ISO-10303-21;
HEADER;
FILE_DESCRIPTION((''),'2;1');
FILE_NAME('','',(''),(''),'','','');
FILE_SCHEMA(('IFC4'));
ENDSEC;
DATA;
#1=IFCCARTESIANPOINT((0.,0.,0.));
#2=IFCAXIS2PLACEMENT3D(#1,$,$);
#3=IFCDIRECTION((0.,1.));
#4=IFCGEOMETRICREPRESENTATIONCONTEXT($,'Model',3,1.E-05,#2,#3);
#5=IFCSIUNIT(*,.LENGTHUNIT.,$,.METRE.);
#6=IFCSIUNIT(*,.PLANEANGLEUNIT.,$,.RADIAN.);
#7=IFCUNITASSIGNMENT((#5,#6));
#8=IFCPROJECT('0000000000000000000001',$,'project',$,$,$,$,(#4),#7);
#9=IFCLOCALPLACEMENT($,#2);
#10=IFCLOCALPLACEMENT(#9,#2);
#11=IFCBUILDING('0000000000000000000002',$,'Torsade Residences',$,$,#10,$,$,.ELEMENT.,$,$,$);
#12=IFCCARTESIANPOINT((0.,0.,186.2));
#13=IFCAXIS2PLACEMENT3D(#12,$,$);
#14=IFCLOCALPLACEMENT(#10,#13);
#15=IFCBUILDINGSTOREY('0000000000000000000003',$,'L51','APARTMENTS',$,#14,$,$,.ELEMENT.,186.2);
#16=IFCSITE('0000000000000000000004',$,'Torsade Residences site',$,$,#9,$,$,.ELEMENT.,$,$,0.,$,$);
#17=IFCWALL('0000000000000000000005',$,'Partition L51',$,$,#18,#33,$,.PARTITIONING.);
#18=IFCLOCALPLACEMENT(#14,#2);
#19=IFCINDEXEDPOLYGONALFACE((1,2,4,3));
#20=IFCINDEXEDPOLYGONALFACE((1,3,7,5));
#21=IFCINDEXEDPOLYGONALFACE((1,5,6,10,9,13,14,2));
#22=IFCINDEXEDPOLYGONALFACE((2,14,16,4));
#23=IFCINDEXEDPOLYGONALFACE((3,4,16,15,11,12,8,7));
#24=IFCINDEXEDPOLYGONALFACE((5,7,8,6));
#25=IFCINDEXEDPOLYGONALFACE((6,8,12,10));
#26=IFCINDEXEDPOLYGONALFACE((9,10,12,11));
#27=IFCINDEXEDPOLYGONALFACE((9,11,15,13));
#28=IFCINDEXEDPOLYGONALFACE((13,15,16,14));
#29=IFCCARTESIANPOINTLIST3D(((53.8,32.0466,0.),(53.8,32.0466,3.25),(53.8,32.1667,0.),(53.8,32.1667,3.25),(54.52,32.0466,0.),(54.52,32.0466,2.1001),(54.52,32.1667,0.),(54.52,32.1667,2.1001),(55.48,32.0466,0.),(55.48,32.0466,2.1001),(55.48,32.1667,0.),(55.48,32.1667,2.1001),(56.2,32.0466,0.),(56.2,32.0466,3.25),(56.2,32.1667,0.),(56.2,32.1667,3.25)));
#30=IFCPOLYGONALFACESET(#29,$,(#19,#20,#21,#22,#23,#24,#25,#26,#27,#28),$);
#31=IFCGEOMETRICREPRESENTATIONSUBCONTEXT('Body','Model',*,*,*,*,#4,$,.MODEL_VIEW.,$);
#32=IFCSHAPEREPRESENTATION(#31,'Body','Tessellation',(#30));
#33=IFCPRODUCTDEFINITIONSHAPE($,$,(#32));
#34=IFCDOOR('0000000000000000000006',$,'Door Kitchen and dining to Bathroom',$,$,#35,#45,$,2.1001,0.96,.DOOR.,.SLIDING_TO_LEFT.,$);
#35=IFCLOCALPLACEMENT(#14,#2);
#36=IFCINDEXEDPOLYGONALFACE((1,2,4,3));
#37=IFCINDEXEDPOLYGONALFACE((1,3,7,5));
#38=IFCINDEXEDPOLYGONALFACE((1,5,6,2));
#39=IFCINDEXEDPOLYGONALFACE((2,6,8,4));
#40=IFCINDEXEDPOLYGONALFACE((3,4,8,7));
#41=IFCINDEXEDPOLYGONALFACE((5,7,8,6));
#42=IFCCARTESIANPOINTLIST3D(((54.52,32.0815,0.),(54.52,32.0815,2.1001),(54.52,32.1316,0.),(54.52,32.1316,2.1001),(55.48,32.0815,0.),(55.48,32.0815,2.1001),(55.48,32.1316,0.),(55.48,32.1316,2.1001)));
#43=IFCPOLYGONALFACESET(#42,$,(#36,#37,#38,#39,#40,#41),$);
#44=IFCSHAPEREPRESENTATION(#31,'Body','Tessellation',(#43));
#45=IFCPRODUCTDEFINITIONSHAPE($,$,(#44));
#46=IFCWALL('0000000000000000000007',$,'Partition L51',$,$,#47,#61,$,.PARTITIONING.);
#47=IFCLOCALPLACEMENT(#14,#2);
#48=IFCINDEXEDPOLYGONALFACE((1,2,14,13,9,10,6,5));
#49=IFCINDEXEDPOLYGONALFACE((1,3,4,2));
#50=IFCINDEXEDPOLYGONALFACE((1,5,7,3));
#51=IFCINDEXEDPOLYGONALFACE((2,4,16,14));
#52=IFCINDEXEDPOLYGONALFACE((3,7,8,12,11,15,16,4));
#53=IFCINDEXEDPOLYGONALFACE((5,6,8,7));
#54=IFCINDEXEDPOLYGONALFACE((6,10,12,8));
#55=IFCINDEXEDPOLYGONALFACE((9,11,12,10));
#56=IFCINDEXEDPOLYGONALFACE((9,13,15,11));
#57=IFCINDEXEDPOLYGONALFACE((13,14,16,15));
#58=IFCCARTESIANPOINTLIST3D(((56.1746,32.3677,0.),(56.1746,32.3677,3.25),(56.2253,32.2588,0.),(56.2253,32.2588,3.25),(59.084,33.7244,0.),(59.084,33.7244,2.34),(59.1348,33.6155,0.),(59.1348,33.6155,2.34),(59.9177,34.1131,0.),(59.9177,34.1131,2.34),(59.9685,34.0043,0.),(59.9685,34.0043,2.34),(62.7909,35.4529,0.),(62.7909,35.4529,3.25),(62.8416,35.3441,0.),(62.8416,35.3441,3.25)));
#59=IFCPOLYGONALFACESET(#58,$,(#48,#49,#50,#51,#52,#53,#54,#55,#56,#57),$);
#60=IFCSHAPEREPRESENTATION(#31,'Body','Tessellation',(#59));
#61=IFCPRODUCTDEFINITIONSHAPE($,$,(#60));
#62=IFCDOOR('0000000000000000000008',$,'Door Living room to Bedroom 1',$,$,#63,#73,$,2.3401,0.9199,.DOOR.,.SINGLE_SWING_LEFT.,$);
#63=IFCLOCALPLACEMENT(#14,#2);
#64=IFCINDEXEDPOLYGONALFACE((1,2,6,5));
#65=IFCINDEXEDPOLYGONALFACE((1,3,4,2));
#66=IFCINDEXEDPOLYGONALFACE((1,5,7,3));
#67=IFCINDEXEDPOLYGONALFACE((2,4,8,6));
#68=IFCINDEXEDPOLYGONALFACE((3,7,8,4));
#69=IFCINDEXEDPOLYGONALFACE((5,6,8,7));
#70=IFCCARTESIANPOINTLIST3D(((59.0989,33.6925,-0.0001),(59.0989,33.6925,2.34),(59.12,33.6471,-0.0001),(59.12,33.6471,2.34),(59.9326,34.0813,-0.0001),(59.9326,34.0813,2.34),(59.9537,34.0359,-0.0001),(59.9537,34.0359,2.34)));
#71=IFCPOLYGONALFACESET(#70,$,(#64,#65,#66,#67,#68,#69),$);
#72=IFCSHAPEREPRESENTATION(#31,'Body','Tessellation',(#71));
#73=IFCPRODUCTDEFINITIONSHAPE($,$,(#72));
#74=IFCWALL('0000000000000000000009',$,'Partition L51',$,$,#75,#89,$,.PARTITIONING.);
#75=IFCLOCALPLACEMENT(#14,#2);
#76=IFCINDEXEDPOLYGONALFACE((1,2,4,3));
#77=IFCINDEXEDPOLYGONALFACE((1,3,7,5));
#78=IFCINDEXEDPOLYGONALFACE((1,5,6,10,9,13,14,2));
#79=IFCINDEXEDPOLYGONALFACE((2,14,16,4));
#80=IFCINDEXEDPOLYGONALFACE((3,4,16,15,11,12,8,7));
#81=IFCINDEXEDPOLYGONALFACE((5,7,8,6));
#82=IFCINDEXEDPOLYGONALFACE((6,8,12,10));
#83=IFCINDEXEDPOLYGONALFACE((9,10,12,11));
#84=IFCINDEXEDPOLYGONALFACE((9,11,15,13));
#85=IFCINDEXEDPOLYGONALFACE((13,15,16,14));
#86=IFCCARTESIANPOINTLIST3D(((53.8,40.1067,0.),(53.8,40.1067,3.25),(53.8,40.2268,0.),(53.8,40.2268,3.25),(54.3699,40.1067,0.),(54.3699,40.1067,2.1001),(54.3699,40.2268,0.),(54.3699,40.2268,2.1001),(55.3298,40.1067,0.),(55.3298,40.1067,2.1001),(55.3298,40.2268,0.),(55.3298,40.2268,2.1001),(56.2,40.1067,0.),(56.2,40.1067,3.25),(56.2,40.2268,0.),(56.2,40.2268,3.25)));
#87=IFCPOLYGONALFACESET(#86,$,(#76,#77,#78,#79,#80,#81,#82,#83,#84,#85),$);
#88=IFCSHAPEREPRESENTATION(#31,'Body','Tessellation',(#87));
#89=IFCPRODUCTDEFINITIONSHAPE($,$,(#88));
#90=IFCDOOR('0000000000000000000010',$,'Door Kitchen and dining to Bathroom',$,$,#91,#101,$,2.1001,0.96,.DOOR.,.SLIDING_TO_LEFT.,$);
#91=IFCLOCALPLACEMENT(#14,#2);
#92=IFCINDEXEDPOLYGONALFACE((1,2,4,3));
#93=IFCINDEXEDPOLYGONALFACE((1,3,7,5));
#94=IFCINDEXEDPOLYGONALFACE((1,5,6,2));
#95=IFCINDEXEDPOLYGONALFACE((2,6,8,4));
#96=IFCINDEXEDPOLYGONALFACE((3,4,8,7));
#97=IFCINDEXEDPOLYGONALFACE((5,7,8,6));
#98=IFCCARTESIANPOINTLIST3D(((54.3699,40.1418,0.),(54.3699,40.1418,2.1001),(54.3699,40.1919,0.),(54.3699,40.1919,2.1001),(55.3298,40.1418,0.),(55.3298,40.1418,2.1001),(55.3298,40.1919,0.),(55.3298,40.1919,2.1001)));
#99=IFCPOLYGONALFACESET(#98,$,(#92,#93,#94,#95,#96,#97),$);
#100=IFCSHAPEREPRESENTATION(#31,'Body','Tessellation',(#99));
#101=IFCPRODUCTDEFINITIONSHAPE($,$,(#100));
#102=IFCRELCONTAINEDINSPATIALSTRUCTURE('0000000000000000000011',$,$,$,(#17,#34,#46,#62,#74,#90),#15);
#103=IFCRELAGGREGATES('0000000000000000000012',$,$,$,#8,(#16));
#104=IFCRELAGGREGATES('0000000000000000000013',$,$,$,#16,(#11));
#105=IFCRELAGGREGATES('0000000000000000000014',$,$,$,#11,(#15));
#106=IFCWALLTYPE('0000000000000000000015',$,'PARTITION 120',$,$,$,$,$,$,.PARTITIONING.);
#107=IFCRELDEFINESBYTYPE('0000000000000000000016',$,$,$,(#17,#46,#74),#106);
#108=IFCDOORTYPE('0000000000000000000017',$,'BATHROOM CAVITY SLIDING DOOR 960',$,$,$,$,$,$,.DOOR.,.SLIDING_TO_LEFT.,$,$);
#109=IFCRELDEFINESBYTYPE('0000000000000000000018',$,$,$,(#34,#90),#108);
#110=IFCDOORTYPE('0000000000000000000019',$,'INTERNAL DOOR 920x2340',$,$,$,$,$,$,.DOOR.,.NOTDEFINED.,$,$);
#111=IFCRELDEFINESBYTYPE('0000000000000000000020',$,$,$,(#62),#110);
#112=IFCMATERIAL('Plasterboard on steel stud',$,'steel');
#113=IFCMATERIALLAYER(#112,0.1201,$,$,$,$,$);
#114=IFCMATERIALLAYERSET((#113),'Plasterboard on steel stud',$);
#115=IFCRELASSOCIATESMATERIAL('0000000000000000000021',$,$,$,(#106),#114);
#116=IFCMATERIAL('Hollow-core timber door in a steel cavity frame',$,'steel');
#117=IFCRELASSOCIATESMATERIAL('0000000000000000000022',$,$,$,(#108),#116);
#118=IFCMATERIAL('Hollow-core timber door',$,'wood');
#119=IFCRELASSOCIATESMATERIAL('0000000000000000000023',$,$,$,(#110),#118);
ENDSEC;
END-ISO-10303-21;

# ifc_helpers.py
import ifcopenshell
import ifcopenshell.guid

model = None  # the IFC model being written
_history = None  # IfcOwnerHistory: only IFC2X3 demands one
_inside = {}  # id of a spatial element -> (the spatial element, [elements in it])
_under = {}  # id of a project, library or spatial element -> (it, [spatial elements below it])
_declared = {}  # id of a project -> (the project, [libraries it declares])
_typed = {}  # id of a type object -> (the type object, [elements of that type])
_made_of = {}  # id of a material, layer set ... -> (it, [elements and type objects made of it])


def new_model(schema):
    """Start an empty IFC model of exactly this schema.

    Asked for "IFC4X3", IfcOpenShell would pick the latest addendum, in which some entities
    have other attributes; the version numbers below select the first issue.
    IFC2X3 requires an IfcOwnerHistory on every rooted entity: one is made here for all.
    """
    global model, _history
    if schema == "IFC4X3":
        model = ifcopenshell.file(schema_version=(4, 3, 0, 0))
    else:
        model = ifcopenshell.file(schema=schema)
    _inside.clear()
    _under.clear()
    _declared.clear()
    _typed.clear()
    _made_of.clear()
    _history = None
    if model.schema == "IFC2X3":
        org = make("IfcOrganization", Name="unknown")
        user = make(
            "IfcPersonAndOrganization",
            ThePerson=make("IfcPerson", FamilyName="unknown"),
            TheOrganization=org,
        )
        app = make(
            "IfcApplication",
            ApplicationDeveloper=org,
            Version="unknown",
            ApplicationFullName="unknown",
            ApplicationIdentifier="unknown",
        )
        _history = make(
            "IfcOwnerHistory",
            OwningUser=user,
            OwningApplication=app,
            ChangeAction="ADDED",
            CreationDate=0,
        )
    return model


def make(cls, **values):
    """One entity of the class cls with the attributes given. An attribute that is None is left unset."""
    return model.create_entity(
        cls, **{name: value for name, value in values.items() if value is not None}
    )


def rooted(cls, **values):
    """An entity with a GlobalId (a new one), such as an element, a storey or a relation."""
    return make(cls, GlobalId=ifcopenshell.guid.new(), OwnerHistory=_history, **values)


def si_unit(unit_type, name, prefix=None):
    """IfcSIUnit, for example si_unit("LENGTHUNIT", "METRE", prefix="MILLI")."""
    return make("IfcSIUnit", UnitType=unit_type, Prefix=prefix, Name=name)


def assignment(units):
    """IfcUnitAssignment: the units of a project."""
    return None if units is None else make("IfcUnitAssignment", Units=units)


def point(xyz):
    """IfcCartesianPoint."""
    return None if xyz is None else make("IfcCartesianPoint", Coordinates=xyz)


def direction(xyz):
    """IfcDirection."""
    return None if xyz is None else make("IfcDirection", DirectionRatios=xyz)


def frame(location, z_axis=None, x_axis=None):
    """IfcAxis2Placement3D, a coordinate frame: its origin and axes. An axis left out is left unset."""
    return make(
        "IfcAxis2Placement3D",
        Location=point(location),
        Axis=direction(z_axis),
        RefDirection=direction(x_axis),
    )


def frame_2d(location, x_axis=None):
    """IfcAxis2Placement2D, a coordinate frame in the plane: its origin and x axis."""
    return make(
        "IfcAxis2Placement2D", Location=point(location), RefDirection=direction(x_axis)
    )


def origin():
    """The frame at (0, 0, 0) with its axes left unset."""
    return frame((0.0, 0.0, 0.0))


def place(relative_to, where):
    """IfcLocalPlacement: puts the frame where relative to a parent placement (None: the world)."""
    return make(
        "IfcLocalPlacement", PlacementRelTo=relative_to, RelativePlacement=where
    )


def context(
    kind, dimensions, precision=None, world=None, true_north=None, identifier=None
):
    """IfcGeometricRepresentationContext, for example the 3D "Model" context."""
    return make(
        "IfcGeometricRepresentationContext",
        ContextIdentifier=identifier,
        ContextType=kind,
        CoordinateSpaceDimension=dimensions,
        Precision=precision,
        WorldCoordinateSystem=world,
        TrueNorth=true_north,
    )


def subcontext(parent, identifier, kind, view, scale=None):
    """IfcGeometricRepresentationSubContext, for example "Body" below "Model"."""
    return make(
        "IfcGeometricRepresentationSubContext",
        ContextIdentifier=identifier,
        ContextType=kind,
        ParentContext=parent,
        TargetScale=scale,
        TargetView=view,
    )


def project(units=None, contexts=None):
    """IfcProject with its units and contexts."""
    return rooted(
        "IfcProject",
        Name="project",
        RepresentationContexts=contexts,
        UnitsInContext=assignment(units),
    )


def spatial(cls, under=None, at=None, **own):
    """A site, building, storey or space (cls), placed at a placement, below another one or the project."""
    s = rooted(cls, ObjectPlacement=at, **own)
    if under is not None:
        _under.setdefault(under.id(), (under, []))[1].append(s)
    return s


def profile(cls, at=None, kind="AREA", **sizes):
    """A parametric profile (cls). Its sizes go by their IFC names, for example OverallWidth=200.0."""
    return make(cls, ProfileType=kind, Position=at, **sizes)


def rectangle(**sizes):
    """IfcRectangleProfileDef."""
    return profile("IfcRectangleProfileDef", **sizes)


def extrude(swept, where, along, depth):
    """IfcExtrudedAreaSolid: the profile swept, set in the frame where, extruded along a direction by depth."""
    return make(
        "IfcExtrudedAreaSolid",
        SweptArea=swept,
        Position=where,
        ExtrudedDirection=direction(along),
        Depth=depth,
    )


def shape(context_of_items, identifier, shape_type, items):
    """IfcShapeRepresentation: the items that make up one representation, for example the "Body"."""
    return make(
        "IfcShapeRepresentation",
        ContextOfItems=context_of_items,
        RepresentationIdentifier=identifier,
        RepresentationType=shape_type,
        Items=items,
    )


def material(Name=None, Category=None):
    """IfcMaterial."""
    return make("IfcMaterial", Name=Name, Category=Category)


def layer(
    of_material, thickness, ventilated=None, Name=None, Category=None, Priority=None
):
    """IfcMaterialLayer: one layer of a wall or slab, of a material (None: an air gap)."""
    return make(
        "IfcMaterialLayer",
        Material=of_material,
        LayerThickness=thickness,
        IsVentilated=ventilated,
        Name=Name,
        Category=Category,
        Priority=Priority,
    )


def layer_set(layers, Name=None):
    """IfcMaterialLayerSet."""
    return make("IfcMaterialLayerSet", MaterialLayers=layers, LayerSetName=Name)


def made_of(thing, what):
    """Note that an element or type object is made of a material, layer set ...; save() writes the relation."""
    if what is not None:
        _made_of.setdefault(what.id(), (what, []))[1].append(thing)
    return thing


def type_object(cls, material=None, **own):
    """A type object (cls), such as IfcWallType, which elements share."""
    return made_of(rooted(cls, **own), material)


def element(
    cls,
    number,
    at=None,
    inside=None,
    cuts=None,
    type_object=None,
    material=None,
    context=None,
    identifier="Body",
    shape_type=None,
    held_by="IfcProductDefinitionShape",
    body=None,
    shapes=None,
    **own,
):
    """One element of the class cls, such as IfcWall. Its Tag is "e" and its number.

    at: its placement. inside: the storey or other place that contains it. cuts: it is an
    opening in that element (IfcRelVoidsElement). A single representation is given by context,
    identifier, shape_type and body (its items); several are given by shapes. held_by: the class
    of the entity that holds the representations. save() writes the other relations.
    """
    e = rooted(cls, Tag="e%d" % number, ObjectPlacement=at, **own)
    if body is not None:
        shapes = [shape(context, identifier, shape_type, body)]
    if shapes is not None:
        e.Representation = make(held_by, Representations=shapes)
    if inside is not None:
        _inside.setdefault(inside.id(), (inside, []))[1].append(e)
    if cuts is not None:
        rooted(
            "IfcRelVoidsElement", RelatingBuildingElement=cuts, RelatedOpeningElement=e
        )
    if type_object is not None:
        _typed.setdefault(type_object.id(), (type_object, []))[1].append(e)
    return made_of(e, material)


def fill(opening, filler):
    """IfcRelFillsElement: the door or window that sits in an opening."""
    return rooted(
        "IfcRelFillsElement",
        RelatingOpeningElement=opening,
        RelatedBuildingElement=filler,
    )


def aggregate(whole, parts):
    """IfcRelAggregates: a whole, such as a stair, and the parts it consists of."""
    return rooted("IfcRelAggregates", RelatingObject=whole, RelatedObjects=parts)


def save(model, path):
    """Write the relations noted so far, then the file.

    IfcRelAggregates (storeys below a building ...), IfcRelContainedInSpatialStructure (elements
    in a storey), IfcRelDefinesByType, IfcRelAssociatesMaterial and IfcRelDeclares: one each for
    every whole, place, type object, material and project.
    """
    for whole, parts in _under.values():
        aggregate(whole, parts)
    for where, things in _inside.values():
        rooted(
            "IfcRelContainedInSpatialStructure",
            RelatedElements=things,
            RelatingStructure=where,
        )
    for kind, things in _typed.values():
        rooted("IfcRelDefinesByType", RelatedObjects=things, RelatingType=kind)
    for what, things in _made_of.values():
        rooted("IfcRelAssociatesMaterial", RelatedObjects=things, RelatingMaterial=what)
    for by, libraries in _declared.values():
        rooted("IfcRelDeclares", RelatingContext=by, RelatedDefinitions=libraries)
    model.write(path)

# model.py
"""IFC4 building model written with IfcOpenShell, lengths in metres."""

from ifc_helpers import new_model, si_unit, direction, frame, frame_2d, origin, place, context, subcontext, project, spatial, rectangle, extrude, material, layer, layer_set, type_object, element, fill, save


model = new_model("IFC4")

# Units and contexts
model_context = context("Model", 3, precision=1e-05, world=origin(), true_north=direction((0.0, 1.0)))
body_context = subcontext(model_context, "Body", "Model", "MODEL_VIEW")
ifc_project = project(units=[si_unit("LENGTHUNIT", "METRE"), si_unit("PLANEANGLEUNIT", "RADIAN")], contexts=[model_context])

# Site, building, storey
site_placement = place(None, origin())
site = spatial("IfcSite", under=ifc_project, at=site_placement, Name="Torsade Residences site", CompositionType="ELEMENT", RefElevation=0.0)
building_placement = place(site_placement, origin())
building = spatial("IfcBuilding", under=site, at=building_placement, Name="Torsade Residences", CompositionType="ELEMENT")
storey_placement = place(building_placement, frame((0.0, 0.0, 186.2)))
storey = spatial("IfcBuildingStorey", under=building, at=storey_placement, Name="L51", Description="APARTMENTS", CompositionType="ELEMENT", Elevation=186.2)

# Walls, openings, doors
ifc_material_1 = material(Name="Plasterboard on steel stud", Category="steel")
ifc_layer_1 = layer(ifc_material_1, 0.1201)
ifc_layer_set_1 = layer_set([ifc_layer_1], Name="Plasterboard on steel stud")
wall_type_1 = type_object("IfcWallType", Name="PARTITION 120", PredefinedType="PARTITIONING", material=ifc_layer_set_1)
wall_1_placement = place(storey_placement, frame((53.8, 32.1067, 0.0), z_axis=(0.0, 0.0, 1.0), x_axis=(1.0, 0.0, 0.0)))
wall_1 = element("IfcWall", 1, at=wall_1_placement, inside=storey, type_object=wall_type_1, Name="Partition L51", PredefinedType="PARTITIONING", context=body_context, shape_type="SweptSolid", body=[
    extrude(rectangle(XDim=2.3999, YDim=0.1201, at=frame_2d((1.2, 0.0))), origin(), (0.0, 0.0, 1.0), 3.25),
])
opening_1_placement = place(wall_1_placement, frame((0.72, 0.0, 0.0)))
opening_1 = element("IfcOpeningElement", 2, at=opening_1_placement, cuts=wall_1, PredefinedType="OPENING", context=body_context, shape_type="SweptSolid", body=[
    extrude(rectangle(XDim=0.96, YDim=2.1001, at=frame_2d((0.48, 1.05))), frame((0.0, 0.0701, 0.0), z_axis=(0.0, -1.0, 0.0), x_axis=(1.0, 0.0, 0.0)), (0.0, 0.0, 1.0), 0.1401),
])
ifc_material_2 = material(Name="Hollow-core timber door in a steel cavity frame", Category="steel")
door_type_1 = type_object("IfcDoorType", Name="BATHROOM CAVITY SLIDING DOOR 960", OperationType="SLIDING_TO_LEFT", PredefinedType="DOOR", material=ifc_material_2)
door_1_placement = place(opening_1_placement, origin())
door_1 = element("IfcDoor", 3, at=door_1_placement, inside=storey, type_object=door_type_1, Name="Door Kitchen and dining to Bathroom", OperationType="SLIDING_TO_LEFT", OverallHeight=2.1001, OverallWidth=0.96, PredefinedType="DOOR", context=body_context, shape_type="SweptSolid", body=[
    extrude(rectangle(XDim=0.96, YDim=2.1001, at=frame_2d((0.48, 1.05))), frame((0.0, 0.0249, 0.0), z_axis=(0.0, -1.0, 0.0), x_axis=(1.0, 0.0, 0.0)), (0.0, 0.0, 1.0), 0.05),
])
fill(opening_1, door_1)
wall_2_placement = place(storey_placement, frame((56.2, 32.3132, 0.0), z_axis=(0.0, 0.0, 1.0), x_axis=(0.906307, 0.42262, 0.0)))
wall_2 = element("IfcWall", 4, at=wall_2_placement, inside=storey, type_object=wall_type_1, Name="Partition L51", PredefinedType="PARTITIONING", context=body_context, shape_type="SweptSolid", body=[
    extrude(rectangle(XDim=7.3003, YDim=0.1201, at=frame_2d((3.6501, 0.0))), origin(), (0.0, 0.0, 1.0), 3.25),
])
opening_2_placement = place(wall_2_placement, frame((3.2102, 0.0, 0.0)))
opening_2 = element("IfcOpeningElement", 5, at=opening_2_placement, cuts=wall_2, PredefinedType="OPENING", context=body_context, shape_type="SweptSolid", body=[
    extrude(rectangle(XDim=0.9199, YDim=2.3401, at=frame_2d((0.46, 1.1699))), frame((0.0, 0.0701, 0.0), z_axis=(0.0, -1.0, 0.0), x_axis=(1.0, 0.0, 0.0)), (0.0, 0.0, 1.0), 0.1401),
])
ifc_material_3 = material(Name="Hollow-core timber door", Category="wood")
door_type_2 = type_object("IfcDoorType", Name="INTERNAL DOOR 920x2340", OperationType="NOTDEFINED", PredefinedType="DOOR", material=ifc_material_3)
door_2_placement = place(opening_2_placement, origin())
door_2 = element("IfcDoor", 6, at=door_2_placement, inside=storey, type_object=door_type_2, Name="Door Living room to Bedroom 1", OperationType="SINGLE_SWING_LEFT", OverallHeight=2.3401, OverallWidth=0.9199, PredefinedType="DOOR", context=body_context, shape_type="SweptSolid", body=[
    extrude(rectangle(XDim=0.9199, YDim=2.3401, at=frame_2d((0.46, 1.1699))), frame((0.0, 0.0249, 0.0), z_axis=(0.0, -1.0, 0.0), x_axis=(1.0, 0.0, 0.0)), (0.0, 0.0, 1.0), 0.05),
])
fill(opening_2, door_2)
wall_3_placement = place(storey_placement, frame((56.2, 40.1667, 0.0), z_axis=(0.0, 0.0, 1.0), x_axis=(-1.0, 0.0, 0.0)))
wall_3 = element("IfcWall", 7, at=wall_3_placement, inside=storey, type_object=wall_type_1, Name="Partition L51", PredefinedType="PARTITIONING", context=body_context, shape_type="SweptSolid", body=[
    extrude(rectangle(XDim=2.3999, YDim=0.1201, at=frame_2d((1.2, 0.0))), origin(), (0.0, 0.0, 1.0), 3.25),
])
opening_3_placement = place(wall_3_placement, frame((0.8701, 0.0, 0.0)))
opening_3 = element("IfcOpeningElement", 8, at=opening_3_placement, cuts=wall_3, PredefinedType="OPENING", context=body_context, shape_type="SweptSolid", body=[
    extrude(rectangle(XDim=0.96, YDim=2.1001, at=frame_2d((0.48, 1.05))), frame((0.0, 0.0701, 0.0), z_axis=(0.0, -1.0, 0.0), x_axis=(1.0, 0.0, 0.0)), (0.0, 0.0, 1.0), 0.1401),
])
door_3_placement = place(opening_3_placement, origin())
door_3 = element("IfcDoor", 9, at=door_3_placement, inside=storey, type_object=door_type_1, Name="Door Kitchen and dining to Bathroom", OperationType="SLIDING_TO_LEFT", OverallHeight=2.1001, OverallWidth=0.96, PredefinedType="DOOR", context=body_context, shape_type="SweptSolid", body=[
    extrude(rectangle(XDim=0.96, YDim=2.1001, at=frame_2d((0.48, 1.05))), frame((0.0, 0.0249, 0.0), z_axis=(0.0, -1.0, 0.0), x_axis=(1.0, 0.0, 0.0)), (0.0, 0.0, 1.0), 0.05),
])
fill(opening_3, door_3)

save(model, "model.ifc")
